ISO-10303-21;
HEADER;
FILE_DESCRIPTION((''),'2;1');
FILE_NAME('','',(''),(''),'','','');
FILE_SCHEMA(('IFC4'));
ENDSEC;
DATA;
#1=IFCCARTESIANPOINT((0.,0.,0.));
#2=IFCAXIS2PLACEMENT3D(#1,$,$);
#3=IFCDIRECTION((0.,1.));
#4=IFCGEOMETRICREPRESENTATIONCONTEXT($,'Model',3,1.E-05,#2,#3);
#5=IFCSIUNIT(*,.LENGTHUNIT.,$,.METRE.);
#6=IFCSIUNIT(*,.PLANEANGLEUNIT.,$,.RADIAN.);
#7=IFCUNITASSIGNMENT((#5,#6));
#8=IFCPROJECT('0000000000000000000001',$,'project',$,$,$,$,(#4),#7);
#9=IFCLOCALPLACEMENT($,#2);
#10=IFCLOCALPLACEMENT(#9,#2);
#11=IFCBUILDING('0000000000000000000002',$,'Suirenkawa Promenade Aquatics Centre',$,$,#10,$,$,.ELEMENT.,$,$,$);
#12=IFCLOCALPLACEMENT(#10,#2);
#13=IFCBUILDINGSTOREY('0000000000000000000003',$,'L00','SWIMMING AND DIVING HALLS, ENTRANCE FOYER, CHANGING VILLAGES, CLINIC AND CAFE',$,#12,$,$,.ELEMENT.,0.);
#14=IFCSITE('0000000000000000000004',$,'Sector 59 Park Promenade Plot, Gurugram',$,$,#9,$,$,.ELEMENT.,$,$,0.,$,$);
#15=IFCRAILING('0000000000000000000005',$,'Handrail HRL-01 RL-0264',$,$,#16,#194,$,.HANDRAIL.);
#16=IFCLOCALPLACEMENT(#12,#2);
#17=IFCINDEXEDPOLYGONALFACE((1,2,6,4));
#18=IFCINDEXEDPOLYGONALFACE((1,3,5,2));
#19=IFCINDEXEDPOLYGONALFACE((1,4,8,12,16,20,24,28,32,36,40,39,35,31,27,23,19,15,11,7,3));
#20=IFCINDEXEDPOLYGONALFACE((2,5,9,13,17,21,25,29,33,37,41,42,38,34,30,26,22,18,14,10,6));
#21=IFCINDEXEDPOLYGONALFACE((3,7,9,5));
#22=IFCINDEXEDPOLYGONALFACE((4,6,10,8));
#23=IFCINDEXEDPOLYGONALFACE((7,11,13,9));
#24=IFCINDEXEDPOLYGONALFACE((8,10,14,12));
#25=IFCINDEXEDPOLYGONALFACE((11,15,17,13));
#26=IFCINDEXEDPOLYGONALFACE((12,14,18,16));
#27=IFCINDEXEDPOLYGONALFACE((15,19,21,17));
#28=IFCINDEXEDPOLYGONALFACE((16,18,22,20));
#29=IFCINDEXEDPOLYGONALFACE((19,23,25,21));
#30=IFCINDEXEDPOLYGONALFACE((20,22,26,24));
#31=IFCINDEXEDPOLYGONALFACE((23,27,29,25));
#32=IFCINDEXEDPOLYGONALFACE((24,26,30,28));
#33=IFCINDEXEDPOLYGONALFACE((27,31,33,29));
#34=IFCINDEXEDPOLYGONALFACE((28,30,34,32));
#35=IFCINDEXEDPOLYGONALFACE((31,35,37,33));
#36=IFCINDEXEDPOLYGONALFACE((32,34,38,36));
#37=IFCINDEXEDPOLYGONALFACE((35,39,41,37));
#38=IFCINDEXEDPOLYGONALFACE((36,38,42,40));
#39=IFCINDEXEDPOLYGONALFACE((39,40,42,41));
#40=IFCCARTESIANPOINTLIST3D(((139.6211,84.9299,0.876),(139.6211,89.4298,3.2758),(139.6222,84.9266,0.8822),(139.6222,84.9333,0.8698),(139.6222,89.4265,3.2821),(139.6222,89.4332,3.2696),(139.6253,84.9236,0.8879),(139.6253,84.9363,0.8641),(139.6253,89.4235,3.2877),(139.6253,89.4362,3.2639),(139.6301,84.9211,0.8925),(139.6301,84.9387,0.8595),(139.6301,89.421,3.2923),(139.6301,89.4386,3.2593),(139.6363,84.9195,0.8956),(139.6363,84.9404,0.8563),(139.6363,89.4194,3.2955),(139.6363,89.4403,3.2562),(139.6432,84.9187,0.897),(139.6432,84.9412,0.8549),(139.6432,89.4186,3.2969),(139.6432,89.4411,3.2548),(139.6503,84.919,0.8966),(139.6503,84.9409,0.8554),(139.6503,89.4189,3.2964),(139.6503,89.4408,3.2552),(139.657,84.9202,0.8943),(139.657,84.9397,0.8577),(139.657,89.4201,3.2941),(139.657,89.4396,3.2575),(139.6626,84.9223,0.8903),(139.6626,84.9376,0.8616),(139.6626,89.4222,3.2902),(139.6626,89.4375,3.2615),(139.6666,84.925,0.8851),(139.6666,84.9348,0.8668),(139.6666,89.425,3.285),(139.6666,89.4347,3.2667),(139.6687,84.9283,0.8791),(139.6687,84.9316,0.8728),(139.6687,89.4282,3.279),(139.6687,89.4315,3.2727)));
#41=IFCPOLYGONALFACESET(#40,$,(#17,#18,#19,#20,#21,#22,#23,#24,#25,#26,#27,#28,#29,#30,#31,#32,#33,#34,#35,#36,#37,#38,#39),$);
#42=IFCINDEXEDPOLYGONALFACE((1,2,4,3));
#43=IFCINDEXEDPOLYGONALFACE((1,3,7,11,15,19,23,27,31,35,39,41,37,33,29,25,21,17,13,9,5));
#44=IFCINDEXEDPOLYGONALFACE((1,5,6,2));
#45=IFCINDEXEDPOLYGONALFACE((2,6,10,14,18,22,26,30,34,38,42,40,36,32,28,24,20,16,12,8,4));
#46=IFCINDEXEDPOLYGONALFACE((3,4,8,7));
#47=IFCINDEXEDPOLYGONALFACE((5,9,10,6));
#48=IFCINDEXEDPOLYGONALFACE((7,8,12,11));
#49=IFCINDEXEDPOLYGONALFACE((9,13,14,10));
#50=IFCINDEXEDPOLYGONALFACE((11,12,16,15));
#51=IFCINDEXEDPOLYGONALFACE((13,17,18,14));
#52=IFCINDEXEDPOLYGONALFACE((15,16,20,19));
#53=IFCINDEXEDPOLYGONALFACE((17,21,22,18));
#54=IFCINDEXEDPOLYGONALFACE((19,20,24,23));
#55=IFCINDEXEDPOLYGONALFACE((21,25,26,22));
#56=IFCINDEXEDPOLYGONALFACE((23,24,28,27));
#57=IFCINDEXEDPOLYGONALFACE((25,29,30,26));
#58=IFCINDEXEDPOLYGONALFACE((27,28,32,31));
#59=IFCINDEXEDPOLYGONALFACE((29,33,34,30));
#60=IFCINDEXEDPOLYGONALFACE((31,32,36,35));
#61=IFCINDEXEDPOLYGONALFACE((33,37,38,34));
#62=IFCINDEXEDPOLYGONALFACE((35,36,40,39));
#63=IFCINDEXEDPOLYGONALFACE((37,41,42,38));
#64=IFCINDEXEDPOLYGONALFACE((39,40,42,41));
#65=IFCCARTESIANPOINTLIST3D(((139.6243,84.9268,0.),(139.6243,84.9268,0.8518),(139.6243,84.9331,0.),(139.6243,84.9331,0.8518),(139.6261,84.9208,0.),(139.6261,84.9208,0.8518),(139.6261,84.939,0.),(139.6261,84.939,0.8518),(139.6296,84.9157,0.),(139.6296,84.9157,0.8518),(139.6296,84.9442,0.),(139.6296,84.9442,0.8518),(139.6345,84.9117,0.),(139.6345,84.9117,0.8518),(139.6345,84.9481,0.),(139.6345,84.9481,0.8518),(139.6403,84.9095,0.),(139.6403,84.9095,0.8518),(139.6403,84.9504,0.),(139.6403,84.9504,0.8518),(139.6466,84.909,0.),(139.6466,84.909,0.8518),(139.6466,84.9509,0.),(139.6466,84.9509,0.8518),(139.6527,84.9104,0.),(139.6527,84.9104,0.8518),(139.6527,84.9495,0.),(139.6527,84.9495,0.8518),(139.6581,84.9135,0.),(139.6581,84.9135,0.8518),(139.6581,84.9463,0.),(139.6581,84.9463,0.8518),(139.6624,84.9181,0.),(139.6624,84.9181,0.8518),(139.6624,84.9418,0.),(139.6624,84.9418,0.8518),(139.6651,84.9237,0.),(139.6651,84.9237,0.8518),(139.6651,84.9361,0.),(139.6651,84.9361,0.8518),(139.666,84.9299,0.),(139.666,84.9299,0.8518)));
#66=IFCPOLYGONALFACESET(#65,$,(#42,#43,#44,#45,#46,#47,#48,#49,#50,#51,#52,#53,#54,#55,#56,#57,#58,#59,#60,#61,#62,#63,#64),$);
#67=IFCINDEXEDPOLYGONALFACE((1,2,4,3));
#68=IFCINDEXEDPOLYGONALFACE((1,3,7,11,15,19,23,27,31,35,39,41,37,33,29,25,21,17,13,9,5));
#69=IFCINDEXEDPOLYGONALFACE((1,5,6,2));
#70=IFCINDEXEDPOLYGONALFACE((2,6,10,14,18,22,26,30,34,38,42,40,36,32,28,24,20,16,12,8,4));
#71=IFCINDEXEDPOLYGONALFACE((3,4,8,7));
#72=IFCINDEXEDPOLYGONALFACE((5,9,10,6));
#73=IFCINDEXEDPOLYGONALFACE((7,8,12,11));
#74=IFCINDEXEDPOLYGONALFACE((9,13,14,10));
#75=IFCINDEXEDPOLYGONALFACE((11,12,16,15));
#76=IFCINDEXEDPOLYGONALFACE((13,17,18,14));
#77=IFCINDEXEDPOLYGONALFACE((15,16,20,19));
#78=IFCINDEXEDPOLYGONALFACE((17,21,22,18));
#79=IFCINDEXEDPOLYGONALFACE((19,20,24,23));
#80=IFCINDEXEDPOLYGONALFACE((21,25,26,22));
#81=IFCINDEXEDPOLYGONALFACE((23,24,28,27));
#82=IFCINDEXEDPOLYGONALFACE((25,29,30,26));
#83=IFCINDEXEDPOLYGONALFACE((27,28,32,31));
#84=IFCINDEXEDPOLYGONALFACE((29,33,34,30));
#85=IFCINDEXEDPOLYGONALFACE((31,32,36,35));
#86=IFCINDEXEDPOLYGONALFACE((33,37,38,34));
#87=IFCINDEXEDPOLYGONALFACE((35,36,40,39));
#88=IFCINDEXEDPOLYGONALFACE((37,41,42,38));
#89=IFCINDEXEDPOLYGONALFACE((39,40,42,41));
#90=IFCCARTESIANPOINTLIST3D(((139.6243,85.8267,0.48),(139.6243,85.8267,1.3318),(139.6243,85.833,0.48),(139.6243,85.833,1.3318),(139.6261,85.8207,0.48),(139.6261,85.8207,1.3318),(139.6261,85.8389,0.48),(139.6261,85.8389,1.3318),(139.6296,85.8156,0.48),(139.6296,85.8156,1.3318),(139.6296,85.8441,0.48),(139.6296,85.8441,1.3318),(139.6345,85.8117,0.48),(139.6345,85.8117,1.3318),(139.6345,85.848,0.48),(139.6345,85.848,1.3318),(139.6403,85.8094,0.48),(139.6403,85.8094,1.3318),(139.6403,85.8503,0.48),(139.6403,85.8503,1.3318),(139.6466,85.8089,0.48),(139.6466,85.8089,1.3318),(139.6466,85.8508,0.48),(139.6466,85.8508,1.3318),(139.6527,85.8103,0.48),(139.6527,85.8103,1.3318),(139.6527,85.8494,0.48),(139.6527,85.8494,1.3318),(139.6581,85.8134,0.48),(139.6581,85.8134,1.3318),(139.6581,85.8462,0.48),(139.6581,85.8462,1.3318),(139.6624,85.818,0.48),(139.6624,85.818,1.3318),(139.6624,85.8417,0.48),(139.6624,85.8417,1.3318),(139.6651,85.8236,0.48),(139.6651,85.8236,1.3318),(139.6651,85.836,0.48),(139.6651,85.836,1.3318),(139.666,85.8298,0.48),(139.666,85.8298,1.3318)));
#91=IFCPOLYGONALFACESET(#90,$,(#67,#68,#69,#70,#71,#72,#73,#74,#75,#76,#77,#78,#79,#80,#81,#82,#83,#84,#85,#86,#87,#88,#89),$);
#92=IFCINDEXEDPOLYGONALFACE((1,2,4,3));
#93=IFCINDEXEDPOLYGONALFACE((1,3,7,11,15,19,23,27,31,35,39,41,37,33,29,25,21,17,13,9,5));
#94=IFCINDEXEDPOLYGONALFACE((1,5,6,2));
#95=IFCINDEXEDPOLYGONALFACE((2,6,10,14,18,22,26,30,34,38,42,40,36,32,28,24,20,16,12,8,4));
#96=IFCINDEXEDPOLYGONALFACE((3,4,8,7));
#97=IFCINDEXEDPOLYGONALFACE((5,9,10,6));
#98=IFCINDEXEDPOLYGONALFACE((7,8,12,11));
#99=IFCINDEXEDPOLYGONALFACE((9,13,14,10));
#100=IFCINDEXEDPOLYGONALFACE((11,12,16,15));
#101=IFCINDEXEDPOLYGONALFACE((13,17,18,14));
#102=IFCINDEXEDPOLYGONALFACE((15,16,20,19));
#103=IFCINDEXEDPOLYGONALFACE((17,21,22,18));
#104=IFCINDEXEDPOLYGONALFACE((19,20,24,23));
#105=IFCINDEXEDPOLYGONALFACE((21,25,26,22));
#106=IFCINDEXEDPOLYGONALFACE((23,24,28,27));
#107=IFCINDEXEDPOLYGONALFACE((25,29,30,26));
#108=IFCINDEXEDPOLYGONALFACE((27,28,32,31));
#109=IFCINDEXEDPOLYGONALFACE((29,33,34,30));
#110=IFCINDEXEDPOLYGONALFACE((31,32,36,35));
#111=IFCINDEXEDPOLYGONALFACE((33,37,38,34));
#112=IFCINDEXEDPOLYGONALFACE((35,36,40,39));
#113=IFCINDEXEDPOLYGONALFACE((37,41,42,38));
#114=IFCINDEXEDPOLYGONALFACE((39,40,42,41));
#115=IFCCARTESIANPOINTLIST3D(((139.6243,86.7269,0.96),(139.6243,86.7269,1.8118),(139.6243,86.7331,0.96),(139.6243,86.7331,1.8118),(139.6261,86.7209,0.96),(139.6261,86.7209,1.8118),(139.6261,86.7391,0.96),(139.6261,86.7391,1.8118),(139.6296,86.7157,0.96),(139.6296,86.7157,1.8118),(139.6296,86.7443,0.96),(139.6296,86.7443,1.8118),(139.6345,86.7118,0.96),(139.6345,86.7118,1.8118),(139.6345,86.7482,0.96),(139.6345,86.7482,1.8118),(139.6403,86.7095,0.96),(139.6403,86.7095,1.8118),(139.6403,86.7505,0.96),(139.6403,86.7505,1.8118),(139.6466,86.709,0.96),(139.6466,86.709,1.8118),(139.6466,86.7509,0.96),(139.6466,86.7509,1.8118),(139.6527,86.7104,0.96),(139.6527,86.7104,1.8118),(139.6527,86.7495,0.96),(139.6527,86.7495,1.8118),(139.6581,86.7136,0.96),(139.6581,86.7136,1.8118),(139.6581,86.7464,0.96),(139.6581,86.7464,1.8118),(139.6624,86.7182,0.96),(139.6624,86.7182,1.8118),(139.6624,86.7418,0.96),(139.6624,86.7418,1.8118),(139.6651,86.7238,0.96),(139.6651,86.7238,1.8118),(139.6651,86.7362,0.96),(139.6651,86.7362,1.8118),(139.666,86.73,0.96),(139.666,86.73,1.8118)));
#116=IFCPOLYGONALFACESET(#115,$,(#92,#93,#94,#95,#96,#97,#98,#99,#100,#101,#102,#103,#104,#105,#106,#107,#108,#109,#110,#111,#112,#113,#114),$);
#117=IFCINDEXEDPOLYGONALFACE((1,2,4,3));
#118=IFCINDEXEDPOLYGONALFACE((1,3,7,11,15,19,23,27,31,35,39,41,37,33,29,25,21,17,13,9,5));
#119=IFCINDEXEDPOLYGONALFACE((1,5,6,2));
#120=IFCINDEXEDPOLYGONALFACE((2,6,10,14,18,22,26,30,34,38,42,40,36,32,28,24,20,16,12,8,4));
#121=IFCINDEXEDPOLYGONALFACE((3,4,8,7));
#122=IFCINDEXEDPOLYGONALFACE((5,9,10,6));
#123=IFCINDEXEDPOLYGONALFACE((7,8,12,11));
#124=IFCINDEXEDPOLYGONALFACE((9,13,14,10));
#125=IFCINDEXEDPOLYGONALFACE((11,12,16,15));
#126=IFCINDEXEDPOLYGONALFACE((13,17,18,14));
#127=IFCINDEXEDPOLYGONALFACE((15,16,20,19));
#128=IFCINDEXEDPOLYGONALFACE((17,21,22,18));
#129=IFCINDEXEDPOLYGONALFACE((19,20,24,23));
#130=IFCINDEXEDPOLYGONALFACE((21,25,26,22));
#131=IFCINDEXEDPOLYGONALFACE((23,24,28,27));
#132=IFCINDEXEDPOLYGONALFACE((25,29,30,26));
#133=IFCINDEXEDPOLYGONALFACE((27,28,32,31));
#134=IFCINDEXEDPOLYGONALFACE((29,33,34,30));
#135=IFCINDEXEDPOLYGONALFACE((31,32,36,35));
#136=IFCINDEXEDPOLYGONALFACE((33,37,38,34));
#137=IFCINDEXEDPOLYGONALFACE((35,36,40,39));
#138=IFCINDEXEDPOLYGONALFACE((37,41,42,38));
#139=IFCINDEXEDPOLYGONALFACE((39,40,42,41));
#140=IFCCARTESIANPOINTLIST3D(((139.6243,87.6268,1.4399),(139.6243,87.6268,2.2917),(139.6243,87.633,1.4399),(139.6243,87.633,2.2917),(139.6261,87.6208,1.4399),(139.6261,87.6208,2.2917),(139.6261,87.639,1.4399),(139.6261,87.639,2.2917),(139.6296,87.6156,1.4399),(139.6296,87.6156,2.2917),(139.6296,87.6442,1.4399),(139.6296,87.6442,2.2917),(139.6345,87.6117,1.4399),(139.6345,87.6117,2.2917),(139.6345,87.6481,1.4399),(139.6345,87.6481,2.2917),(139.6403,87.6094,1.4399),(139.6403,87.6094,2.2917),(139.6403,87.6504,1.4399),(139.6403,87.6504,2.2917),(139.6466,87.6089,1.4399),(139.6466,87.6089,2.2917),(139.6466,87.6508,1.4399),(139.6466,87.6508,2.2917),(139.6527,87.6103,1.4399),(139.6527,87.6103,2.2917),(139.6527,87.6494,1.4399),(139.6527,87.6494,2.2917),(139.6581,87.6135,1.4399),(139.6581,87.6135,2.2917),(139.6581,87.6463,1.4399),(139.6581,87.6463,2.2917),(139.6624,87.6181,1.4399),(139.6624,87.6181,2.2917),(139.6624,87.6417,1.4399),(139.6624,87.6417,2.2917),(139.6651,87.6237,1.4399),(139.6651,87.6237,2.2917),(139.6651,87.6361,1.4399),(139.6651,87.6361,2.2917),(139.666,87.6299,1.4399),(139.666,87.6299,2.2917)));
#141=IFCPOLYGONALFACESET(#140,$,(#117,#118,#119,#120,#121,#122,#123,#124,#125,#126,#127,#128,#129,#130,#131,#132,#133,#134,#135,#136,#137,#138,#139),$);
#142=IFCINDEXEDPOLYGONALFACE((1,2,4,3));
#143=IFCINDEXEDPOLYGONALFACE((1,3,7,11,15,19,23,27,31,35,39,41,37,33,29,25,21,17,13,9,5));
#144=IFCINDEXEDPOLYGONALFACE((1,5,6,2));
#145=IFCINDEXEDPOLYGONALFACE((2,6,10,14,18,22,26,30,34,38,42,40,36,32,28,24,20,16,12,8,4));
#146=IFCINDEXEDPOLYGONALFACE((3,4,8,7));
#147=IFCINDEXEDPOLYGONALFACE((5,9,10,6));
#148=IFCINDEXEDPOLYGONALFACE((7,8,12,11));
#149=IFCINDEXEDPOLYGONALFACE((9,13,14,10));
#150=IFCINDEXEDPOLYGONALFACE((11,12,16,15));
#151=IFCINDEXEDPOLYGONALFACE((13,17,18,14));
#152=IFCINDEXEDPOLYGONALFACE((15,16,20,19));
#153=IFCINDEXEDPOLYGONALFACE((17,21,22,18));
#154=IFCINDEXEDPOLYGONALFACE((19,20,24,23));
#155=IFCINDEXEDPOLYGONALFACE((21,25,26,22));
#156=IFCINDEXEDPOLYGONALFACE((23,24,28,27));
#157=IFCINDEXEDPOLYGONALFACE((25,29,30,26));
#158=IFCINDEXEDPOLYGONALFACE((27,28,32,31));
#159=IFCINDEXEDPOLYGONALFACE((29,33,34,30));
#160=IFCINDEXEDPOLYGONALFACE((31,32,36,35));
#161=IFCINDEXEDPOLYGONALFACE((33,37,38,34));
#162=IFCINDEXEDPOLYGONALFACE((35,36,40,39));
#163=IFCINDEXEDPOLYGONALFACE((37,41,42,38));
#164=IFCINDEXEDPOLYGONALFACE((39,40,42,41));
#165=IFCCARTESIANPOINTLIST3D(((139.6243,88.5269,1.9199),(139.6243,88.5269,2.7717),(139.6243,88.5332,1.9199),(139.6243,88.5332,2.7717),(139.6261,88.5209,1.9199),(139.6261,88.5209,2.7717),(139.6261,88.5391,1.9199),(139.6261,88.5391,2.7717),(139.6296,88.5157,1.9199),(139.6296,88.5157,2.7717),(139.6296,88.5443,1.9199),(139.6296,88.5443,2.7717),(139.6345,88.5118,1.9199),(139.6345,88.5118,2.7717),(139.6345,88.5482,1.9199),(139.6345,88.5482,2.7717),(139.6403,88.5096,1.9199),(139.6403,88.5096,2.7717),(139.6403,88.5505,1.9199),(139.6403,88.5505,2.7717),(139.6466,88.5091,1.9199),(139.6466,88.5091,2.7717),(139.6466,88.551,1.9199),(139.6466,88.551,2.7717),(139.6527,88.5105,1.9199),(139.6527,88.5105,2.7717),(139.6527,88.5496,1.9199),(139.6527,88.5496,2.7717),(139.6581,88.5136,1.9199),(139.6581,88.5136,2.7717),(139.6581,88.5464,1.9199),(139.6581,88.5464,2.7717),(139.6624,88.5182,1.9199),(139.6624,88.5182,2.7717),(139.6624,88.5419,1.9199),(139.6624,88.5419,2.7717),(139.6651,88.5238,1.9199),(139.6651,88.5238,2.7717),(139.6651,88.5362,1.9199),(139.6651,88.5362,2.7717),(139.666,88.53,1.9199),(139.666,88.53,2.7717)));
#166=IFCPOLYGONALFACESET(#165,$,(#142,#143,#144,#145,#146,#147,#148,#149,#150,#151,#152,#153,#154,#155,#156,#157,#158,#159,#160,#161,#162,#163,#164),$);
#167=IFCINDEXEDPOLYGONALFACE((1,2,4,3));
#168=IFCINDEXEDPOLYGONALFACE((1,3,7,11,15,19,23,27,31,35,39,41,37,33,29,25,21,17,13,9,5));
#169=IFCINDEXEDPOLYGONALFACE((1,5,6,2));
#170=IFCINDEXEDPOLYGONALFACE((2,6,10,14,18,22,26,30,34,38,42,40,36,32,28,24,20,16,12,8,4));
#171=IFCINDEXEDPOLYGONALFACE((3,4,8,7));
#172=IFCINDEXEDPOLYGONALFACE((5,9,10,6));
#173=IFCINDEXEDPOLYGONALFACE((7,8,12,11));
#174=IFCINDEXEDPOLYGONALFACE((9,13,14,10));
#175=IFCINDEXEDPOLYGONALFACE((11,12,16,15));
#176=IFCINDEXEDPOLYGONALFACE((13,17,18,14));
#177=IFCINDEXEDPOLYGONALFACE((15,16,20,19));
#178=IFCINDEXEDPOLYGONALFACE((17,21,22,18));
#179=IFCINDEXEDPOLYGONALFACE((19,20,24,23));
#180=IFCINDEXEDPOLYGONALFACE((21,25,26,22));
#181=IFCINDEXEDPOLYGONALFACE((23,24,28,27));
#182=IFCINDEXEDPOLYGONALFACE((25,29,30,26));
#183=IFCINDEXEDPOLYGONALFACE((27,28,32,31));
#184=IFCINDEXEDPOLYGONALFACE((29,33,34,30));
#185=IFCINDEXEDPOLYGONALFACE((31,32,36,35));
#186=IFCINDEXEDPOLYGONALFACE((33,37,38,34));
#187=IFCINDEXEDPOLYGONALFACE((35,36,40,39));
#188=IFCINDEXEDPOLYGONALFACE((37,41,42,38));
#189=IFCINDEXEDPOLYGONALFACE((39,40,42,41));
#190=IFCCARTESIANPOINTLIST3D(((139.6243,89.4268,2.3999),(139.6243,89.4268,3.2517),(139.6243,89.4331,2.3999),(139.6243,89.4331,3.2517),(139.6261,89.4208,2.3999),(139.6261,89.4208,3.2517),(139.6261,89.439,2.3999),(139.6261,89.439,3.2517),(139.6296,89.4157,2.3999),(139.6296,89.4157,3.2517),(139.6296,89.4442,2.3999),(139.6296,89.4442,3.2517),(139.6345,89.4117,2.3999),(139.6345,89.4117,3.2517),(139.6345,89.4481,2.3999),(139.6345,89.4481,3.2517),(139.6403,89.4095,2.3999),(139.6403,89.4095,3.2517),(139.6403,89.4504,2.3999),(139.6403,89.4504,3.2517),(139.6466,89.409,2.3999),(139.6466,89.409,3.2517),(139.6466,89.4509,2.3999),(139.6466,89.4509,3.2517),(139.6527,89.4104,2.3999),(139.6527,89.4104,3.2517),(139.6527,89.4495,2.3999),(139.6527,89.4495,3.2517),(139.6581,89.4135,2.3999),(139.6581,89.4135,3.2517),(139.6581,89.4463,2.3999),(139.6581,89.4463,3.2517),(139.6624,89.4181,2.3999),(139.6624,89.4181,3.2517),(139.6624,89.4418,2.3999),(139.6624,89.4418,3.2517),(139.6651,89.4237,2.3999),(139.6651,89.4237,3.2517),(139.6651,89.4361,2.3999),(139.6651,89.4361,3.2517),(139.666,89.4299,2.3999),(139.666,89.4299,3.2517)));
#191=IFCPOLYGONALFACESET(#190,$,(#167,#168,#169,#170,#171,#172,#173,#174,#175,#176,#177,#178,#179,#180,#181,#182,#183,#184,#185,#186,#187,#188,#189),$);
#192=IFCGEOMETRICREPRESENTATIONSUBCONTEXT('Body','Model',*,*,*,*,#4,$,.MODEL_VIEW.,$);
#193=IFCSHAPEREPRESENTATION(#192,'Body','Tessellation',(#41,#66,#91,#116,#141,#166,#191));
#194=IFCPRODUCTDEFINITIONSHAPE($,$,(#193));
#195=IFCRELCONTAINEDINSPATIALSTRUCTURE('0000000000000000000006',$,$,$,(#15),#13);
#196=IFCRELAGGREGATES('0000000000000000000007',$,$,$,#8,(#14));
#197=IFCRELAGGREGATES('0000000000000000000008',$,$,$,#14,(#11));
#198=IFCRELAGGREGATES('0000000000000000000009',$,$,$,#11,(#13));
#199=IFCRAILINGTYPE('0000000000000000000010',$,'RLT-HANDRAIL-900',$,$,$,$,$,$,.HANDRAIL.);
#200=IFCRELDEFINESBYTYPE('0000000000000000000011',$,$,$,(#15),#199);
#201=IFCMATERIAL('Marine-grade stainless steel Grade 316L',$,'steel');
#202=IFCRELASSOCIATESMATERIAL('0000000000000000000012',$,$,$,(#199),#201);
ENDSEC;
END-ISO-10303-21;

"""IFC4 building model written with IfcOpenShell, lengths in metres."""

from ifc_helpers import new_model, si_unit, direction, frame, origin, origin_2d, place, context, subcontext, project, spatial, circle, extrude, material, type_object, element, save


model = new_model("IFC4")

# Units and contexts
model_context = context("Model", 3, precision=1e-05, world=origin(), true_north=direction((0.0, 1.0)))
body_context = subcontext(model_context, "Body", "Model", "MODEL_VIEW")
ifc_project = project(units=[si_unit("LENGTHUNIT", "METRE"), si_unit("PLANEANGLEUNIT", "RADIAN")], contexts=[model_context])

# Site, building, storey
site_placement = place(None, origin())
site = spatial("IfcSite", under=ifc_project, at=site_placement, Name="Sector 59 Park Promenade Plot, Gurugram", CompositionType="ELEMENT", RefElevation=0.0)
building_placement = place(site_placement, origin())
building = spatial("IfcBuilding", under=site, at=building_placement, Name="Suirenkawa Promenade Aquatics Centre", CompositionType="ELEMENT")
storey_placement = place(building_placement, origin())
storey = spatial("IfcBuildingStorey", under=building, at=storey_placement, Name="L00", Description="SWIMMING AND DIVING HALLS, ENTRANCE FOYER, CHANGING VILLAGES, CLINIC AND CAFE", CompositionType="ELEMENT", Elevation=0.0)

# Railing
ifc_material_1 = material(Name="Marine-grade stainless steel Grade 316L", Category="steel")
railing_type_1 = type_object("IfcRailingType", Name="RLT-HANDRAIL-900", PredefinedType="HANDRAIL", material=ifc_material_1)
for number, where, name in (
    (1, (139.645, 84.9299, 0.0), "Handrail HRL-01 RL-0264"),
):
    element("IfcRailing", number, at=place(storey_placement, frame(where)), inside=storey, type_object=railing_type_1, Name=name, PredefinedType="HANDRAIL", context=body_context, shape_type="SweptSolid", body=[
        extrude(circle(Radius=0.0239, at=origin_2d()), frame((0.0, 0.0, 0.876), z_axis=(0.0, 0.882361, 0.470573), x_axis=(-1.0, 0.0, 0.0)), (0.0, 0.0, 1.0), 5.0999),
        extrude(circle(Radius=0.021, at=origin_2d()), origin(), (0.0, 0.0, 1.0), 0.8518),
        extrude(circle(Radius=0.021, at=origin_2d()), frame((0.0, 0.8999, 0.48)), (0.0, 0.0, 1.0), 0.8518),
        extrude(circle(Radius=0.021, at=origin_2d()), frame((0.0, 1.8, 0.96)), (0.0, 0.0, 1.0), 0.8518),
        extrude(circle(Radius=0.021, at=origin_2d()), frame((0.0, 2.7, 1.4399)), (0.0, 0.0, 1.0), 0.8518),
        extrude(circle(Radius=0.021, at=origin_2d()), frame((0.0, 3.6001, 1.9199)), (0.0, 0.0, 1.0), 0.8518),
        extrude(circle(Radius=0.021, at=origin_2d()), frame((0.0, 4.5, 2.3999)), (0.0, 0.0, 1.0), 0.8518),
    ])

save(model, "model.ifc")
